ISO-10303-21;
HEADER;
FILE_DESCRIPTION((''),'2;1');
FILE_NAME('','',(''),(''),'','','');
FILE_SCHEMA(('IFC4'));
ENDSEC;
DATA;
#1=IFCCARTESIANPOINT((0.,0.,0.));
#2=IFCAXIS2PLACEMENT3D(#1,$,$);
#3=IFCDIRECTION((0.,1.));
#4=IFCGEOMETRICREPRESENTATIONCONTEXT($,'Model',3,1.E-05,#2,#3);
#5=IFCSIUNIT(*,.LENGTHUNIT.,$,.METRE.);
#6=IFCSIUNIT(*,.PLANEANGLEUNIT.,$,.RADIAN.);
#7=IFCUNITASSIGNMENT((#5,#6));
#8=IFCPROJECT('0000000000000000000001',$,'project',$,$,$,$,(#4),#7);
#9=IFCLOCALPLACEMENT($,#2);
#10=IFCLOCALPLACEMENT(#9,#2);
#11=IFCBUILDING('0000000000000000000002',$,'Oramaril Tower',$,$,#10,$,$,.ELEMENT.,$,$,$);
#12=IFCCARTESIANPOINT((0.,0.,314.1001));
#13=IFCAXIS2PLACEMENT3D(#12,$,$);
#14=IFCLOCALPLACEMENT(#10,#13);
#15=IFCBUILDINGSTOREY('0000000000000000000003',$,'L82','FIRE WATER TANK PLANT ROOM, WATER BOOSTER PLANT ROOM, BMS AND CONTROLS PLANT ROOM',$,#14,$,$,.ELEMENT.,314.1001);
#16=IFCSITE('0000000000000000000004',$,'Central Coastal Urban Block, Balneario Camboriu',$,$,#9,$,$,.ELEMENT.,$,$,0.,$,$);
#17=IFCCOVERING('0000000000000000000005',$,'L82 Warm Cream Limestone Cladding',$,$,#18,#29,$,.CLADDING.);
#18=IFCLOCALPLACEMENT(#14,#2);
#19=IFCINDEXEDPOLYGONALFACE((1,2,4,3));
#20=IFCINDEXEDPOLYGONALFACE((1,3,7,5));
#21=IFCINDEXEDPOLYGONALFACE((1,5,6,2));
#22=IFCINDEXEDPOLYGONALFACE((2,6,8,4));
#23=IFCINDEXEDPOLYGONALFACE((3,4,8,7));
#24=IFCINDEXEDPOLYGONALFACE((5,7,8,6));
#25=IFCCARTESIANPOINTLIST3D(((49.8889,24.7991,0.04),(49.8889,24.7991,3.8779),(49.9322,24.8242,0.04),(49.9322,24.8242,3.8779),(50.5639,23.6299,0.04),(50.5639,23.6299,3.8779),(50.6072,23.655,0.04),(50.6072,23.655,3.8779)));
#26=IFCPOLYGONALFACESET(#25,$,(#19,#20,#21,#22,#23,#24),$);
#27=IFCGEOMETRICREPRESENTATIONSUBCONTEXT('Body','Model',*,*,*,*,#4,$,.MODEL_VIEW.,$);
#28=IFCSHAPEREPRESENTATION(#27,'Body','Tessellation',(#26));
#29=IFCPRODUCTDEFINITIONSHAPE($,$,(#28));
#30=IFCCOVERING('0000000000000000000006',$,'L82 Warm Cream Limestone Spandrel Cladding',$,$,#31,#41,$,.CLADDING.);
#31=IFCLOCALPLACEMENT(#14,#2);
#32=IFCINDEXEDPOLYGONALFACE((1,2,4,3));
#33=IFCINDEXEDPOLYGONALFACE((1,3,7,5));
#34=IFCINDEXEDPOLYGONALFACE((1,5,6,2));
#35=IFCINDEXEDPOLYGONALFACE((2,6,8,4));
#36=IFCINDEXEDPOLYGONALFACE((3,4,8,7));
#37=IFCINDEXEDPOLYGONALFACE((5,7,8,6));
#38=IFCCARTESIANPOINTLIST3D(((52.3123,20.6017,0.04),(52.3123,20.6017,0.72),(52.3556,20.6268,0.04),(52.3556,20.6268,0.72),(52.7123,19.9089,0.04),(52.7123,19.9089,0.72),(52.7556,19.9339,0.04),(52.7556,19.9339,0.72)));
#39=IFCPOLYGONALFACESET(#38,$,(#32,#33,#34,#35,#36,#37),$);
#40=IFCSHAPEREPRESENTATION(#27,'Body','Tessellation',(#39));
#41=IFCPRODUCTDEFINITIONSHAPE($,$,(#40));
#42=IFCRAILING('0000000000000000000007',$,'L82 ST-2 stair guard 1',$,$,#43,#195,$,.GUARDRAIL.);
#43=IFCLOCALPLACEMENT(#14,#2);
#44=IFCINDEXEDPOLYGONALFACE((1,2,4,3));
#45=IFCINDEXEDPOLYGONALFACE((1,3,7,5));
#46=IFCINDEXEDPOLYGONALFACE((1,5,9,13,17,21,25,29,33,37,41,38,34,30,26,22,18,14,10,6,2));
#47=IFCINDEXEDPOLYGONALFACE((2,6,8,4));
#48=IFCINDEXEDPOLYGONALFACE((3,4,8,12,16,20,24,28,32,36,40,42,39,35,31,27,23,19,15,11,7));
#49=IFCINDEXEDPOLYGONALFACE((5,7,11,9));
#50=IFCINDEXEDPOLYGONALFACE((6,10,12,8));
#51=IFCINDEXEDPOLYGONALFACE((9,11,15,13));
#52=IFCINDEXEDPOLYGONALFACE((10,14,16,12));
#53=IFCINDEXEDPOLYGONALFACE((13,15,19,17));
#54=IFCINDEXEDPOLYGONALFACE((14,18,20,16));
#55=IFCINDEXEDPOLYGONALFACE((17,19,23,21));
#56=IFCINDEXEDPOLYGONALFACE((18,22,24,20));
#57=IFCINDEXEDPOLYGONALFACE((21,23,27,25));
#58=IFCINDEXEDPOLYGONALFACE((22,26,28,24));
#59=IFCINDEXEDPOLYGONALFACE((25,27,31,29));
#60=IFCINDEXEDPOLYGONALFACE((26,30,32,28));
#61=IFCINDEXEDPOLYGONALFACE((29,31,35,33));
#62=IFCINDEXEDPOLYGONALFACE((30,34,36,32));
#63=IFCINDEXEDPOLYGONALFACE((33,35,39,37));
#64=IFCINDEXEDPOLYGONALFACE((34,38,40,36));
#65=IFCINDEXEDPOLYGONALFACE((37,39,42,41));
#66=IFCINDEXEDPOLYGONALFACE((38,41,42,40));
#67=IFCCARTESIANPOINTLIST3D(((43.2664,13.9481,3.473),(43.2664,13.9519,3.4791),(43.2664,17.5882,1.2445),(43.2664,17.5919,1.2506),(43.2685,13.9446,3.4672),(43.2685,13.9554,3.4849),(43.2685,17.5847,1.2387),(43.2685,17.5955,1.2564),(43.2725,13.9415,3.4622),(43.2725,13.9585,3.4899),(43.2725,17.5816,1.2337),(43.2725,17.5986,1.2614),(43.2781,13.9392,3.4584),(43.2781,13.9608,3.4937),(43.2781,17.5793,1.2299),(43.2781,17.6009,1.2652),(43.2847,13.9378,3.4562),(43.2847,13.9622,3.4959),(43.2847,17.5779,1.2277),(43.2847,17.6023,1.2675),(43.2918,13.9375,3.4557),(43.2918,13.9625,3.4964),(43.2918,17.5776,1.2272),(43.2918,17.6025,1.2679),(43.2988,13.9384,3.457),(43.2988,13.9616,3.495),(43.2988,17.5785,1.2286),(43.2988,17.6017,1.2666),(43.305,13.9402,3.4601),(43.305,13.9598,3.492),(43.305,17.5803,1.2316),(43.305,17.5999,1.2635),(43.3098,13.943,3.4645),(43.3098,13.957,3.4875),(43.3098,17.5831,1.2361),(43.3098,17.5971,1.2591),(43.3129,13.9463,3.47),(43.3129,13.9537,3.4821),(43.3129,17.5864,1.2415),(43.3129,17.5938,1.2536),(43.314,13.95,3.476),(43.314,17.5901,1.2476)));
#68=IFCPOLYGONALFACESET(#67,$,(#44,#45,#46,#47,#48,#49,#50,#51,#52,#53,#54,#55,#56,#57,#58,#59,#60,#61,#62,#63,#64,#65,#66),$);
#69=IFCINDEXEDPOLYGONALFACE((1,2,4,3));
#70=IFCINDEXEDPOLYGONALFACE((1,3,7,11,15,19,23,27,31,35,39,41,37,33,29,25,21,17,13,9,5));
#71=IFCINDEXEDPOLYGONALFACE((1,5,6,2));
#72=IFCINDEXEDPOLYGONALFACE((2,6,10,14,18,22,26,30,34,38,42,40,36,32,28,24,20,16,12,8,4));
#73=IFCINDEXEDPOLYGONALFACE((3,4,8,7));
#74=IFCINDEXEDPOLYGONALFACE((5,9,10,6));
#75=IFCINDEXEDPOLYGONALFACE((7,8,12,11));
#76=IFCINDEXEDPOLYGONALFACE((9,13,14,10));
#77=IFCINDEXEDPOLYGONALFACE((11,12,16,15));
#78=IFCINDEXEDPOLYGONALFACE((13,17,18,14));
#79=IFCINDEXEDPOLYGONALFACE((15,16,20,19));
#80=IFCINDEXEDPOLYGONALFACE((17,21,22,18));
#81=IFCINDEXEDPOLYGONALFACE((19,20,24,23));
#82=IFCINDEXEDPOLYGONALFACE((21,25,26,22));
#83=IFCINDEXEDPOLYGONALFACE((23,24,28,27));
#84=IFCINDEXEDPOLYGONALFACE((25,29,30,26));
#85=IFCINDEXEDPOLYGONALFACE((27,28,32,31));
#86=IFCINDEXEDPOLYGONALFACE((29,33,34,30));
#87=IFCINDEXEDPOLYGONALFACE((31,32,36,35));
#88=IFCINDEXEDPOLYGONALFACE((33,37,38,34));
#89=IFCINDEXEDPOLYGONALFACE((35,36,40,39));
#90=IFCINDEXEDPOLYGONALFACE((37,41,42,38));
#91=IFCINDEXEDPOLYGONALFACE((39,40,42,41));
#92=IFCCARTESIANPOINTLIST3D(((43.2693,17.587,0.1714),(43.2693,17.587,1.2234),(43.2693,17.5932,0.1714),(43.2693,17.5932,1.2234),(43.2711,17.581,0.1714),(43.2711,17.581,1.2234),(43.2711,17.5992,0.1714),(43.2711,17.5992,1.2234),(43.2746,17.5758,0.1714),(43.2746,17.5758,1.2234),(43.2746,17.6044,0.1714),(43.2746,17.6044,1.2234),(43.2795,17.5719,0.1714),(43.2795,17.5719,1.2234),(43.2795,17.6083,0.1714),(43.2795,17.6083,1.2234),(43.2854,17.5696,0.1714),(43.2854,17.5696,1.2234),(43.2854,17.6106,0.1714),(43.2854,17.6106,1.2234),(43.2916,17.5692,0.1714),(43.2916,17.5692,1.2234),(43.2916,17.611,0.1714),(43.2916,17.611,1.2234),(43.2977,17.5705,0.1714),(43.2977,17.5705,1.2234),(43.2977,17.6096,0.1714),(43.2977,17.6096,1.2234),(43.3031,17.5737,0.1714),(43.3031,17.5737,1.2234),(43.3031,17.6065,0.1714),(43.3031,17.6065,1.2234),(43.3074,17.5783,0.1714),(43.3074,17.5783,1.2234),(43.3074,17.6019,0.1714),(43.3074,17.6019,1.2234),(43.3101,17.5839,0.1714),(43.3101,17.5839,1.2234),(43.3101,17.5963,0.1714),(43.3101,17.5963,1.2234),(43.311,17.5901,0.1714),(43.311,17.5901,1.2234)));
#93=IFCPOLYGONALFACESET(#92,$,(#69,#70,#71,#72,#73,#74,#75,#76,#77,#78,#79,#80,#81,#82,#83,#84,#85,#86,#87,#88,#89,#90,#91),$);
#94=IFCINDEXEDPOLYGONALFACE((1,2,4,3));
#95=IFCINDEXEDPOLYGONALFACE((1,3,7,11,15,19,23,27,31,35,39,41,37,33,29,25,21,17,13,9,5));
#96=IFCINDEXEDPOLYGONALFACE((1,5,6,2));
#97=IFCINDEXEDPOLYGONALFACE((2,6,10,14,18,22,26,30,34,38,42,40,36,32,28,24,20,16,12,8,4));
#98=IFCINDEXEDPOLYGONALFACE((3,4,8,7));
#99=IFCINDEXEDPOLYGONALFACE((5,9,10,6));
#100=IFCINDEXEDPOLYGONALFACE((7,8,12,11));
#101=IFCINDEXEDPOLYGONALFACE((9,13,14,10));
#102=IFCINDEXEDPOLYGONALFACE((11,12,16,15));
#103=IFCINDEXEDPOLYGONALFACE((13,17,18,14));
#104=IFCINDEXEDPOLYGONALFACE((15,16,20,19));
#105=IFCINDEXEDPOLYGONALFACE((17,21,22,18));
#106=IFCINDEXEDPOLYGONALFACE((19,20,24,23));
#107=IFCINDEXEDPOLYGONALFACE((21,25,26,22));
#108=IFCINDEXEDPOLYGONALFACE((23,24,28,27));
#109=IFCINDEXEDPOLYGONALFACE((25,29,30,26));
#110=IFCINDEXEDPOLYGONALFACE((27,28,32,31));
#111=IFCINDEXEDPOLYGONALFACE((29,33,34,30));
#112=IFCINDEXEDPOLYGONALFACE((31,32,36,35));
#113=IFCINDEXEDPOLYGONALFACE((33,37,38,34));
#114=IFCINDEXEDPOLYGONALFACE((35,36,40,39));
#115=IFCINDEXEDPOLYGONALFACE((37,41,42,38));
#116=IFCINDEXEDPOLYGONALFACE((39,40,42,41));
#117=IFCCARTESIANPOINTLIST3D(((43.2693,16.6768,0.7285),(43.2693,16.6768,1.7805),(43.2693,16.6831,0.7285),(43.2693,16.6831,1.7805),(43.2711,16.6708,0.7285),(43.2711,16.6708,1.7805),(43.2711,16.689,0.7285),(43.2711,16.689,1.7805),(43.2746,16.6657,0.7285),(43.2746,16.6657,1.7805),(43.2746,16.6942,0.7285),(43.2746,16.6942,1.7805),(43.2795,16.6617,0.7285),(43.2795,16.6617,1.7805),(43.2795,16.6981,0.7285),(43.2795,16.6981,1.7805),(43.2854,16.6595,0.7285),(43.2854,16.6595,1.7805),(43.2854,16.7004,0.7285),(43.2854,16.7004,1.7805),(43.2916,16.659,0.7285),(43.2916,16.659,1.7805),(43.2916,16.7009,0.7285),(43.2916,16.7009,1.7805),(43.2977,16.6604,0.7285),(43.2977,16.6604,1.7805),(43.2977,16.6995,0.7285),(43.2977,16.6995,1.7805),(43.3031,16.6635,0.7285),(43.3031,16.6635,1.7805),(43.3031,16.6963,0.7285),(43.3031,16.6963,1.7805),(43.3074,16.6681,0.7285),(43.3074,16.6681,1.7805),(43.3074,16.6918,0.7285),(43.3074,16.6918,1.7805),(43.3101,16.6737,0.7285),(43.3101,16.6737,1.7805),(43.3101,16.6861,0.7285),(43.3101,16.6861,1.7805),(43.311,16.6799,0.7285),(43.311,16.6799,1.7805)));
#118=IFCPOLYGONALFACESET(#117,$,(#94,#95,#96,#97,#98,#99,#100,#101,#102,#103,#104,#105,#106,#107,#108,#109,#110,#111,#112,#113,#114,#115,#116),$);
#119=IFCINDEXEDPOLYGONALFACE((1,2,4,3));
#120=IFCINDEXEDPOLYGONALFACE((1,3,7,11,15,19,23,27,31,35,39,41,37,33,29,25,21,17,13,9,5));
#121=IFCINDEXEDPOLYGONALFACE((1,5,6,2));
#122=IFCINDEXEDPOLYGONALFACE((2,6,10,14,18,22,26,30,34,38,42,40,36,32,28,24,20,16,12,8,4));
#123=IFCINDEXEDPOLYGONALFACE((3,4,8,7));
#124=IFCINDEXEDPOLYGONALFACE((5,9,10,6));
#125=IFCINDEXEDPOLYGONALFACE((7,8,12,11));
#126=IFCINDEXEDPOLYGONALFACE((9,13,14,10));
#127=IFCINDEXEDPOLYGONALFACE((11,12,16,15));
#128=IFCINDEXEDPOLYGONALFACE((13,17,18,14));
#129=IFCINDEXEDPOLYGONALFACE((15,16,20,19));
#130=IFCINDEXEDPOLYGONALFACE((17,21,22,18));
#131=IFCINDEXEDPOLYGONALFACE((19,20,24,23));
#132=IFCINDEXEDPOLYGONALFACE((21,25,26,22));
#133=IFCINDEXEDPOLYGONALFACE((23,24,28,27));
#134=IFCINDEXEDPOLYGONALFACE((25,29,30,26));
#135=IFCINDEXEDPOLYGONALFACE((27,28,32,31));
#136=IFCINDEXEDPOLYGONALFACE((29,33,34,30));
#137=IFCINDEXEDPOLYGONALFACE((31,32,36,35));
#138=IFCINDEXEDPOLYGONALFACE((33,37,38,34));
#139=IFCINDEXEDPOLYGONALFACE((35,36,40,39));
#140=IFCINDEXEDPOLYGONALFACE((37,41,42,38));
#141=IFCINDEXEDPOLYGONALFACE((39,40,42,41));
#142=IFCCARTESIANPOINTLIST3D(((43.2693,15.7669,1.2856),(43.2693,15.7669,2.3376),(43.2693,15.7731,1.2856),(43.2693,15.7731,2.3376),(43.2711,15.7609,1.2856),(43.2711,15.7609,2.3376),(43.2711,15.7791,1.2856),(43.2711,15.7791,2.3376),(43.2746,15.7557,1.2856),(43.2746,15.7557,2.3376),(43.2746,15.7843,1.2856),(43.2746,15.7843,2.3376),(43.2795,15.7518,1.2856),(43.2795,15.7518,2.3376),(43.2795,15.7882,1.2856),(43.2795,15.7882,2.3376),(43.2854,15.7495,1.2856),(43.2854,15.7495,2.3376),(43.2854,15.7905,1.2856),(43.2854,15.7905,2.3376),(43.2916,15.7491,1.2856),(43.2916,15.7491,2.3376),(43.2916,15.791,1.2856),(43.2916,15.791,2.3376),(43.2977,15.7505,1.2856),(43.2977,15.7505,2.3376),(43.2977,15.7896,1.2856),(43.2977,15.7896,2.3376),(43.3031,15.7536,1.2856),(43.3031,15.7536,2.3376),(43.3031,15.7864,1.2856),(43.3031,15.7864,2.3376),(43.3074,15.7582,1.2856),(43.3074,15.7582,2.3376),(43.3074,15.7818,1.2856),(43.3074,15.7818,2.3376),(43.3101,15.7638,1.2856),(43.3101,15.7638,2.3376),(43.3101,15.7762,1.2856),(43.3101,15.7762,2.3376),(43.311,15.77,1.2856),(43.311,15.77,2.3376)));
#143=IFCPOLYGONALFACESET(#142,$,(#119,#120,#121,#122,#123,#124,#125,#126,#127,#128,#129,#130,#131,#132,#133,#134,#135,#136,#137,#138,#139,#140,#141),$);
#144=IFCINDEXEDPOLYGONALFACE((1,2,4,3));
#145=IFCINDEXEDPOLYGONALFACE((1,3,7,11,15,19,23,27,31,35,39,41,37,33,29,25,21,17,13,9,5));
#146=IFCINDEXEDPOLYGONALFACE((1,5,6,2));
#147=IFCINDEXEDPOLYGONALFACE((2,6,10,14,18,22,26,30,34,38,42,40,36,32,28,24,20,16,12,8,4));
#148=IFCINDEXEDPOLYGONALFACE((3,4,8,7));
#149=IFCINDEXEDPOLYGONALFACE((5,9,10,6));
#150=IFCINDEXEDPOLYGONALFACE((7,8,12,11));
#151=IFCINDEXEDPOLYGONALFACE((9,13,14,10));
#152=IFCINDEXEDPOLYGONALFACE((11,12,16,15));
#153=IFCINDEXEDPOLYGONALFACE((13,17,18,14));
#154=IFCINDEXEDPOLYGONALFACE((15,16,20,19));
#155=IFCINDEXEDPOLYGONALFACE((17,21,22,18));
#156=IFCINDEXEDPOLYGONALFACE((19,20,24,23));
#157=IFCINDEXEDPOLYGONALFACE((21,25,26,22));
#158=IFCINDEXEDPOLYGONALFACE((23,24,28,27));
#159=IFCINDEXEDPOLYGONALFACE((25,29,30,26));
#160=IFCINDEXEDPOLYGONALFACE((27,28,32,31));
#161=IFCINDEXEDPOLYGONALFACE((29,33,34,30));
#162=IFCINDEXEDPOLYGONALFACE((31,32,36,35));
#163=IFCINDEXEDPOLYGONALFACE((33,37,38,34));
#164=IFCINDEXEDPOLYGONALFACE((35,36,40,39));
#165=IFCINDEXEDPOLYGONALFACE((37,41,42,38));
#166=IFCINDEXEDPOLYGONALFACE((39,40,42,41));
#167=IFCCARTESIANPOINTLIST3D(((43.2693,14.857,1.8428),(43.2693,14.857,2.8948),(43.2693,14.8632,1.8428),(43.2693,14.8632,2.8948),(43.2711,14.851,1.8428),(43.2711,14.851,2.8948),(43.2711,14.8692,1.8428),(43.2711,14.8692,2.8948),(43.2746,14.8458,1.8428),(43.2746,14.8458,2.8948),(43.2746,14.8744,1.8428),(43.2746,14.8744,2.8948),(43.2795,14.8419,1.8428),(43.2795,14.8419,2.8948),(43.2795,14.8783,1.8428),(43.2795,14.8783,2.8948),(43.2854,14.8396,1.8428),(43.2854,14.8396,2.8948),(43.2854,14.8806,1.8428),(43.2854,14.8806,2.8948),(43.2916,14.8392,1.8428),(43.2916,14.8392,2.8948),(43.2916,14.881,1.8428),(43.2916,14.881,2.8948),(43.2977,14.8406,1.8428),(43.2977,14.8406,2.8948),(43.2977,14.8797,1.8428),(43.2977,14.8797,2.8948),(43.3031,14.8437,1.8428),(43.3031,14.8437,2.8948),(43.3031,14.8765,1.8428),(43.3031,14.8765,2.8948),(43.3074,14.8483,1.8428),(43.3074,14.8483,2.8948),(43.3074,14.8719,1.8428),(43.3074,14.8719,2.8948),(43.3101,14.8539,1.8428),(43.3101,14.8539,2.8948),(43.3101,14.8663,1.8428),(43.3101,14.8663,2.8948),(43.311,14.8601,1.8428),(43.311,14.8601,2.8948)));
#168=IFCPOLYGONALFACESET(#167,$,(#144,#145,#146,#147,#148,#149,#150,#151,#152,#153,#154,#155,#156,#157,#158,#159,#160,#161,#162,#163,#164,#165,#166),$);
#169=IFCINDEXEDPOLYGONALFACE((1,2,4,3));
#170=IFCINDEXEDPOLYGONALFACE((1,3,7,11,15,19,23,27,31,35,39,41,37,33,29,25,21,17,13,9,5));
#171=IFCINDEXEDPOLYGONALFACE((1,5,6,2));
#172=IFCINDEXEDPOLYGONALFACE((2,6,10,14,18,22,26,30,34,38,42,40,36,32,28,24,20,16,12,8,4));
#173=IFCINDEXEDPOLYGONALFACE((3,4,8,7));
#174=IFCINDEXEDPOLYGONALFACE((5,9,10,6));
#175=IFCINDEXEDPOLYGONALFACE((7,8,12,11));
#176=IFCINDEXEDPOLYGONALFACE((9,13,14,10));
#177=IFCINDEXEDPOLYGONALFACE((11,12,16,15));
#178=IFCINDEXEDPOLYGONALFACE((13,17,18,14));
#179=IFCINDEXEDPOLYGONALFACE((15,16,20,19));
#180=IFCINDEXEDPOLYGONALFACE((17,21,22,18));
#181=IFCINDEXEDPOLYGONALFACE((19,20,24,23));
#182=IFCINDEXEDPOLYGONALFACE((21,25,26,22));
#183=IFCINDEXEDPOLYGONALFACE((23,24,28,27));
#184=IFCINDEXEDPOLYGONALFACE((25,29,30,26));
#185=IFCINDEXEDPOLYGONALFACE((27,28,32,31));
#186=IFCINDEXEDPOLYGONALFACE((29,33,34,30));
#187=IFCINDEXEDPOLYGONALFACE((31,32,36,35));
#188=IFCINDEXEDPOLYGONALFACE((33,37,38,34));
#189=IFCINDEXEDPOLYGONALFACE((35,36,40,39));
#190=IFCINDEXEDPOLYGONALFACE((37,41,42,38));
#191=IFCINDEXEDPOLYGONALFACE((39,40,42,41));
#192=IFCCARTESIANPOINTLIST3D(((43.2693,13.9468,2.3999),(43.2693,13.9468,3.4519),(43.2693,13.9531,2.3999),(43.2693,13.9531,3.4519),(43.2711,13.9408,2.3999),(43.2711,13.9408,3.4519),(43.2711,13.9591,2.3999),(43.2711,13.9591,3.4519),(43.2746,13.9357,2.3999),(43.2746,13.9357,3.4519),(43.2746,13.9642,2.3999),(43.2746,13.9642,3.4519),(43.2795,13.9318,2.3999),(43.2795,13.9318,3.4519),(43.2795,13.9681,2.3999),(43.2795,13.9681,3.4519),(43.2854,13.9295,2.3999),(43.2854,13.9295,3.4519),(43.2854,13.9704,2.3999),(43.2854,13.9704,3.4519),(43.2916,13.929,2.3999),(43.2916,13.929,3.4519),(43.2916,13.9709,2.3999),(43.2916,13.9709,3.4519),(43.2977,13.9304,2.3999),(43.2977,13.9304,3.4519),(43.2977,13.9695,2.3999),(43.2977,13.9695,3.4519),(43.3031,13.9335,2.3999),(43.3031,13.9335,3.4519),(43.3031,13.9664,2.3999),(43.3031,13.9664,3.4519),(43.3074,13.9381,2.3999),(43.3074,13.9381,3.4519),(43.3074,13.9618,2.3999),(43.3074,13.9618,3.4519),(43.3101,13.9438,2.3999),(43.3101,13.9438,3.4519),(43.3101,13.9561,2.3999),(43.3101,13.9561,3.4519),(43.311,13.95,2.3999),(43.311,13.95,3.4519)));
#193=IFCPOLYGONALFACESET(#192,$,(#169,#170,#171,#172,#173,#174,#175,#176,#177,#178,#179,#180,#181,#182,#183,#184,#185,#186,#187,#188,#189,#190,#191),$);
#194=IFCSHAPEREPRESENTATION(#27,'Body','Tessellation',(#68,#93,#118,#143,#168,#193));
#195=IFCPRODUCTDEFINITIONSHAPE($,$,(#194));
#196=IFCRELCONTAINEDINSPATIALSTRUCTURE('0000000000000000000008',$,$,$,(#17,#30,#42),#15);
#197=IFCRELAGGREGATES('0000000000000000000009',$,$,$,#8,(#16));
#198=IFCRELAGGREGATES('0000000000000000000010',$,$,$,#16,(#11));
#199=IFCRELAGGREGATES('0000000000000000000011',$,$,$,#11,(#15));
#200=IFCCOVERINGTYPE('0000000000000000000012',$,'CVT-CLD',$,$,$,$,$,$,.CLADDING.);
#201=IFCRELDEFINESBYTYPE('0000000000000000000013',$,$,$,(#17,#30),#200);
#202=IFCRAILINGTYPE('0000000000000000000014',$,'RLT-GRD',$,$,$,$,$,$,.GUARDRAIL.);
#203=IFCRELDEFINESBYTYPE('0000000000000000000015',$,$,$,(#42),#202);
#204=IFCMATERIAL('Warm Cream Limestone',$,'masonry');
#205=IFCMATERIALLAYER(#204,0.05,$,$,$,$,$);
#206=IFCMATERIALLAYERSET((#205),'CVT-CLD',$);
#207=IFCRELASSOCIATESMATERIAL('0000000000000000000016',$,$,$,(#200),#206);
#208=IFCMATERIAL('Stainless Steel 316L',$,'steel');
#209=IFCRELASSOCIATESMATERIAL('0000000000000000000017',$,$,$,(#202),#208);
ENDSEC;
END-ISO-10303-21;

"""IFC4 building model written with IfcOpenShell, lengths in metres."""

from ifc_helpers import new_model, si_unit, direction, frame, origin, origin_2d, place, context, subcontext, project, spatial, rectangle, circle, extrude, material, layer, layer_set, type_object, element, save


model = new_model("IFC4")

# Units and contexts
model_context = context("Model", 3, precision=1e-05, world=origin(), true_north=direction((0.0, 1.0)))
body_context = subcontext(model_context, "Body", "Model", "MODEL_VIEW")
ifc_project = project(units=[si_unit("LENGTHUNIT", "METRE"), si_unit("PLANEANGLEUNIT", "RADIAN")], contexts=[model_context])

# Site, building, storey
site_placement = place(None, origin())
site = spatial("IfcSite", under=ifc_project, at=site_placement, Name="Central Coastal Urban Block, Balneario Camboriu", CompositionType="ELEMENT", RefElevation=0.0)
building_placement = place(site_placement, origin())
building = spatial("IfcBuilding", under=site, at=building_placement, Name="Oramaril Tower", CompositionType="ELEMENT")
storey_placement = place(building_placement, frame((0.0, 0.0, 314.1001)))
storey = spatial("IfcBuildingStorey", under=building, at=storey_placement, Name="L82", Description="FIRE WATER TANK PLANT ROOM, WATER BOOSTER PLANT ROOM, BMS AND CONTROLS PLANT ROOM", CompositionType="ELEMENT", Elevation=314.1001)

# Coverings
ifc_material_1 = material(Name="Warm Cream Limestone", Category="masonry")
ifc_layer_1 = layer(ifc_material_1, 0.05)
ifc_layer_set_1 = layer_set([ifc_layer_1], Name="CVT-CLD")
covering_type = type_object("IfcCoveringType", Name="CVT-CLD", PredefinedType="CLADDING", material=ifc_layer_set_1)
covering_1_placement = place(storey_placement, frame((50.248, 24.2271, 0.04), z_axis=(0.0, 0.0, 1.0), x_axis=(-0.499998, 0.866026, 0.0)))
element("IfcCovering", 1, at=covering_1_placement, inside=storey, type_object=covering_type, Name="L82 Warm Cream Limestone Cladding", PredefinedType="CLADDING", context=body_context, shape_type="SweptSolid", body=[
    extrude(rectangle(XDim=1.3501, YDim=0.05, at=origin_2d()), origin(), (0.0, 0.0, 1.0), 3.8379),
])
covering_2_placement = place(storey_placement, frame((52.5339, 20.2678, 0.04), z_axis=(0.0, 0.0, 1.0), x_axis=(-0.499998, 0.866026, 0.0)))
element("IfcCovering", 2, at=covering_2_placement, inside=storey, type_object=covering_type, Name="L82 Warm Cream Limestone Spandrel Cladding", PredefinedType="CLADDING", context=body_context, shape_type="SweptSolid", body=[
    extrude(rectangle(XDim=0.8, YDim=0.05, at=origin_2d()), origin(), (0.0, 0.0, 1.0), 0.6799),
])

# Railing
ifc_material_2 = material(Name="Stainless Steel 316L", Category="steel")
railing_type_1 = type_object("IfcRailingType", Name="RLT-GRD", PredefinedType="GUARDRAIL", material=ifc_material_2)
railing_1_placement = place(storey_placement, frame((43.29, 17.5901, 0.1714)))
element("IfcRailing", 3, at=railing_1_placement, inside=storey, type_object=railing_type_1, Name="L82 ST-2 stair guard 1", PredefinedType="GUARDRAIL", context=body_context, shape_type="SweptSolid", body=[
    extrude(circle(Radius=0.0239, at=origin_2d()), frame((0.0, 0.0, 1.0762), z_axis=(0.0, -0.852866, 0.52213), x_axis=(1.0, 0.0, 0.0)), (0.0, 0.0, 1.0), 4.2681),
    extrude(circle(Radius=0.021, at=origin_2d()), origin(), (0.0, 0.0, 1.0), 1.052),
    extrude(circle(Radius=0.021, at=origin_2d()), frame((0.0, -0.9102, 0.5571)), (0.0, 0.0, 1.0), 1.052),
    extrude(circle(Radius=0.021, at=origin_2d()), frame((0.0, -1.8201, 1.1143)), (0.0, 0.0, 1.0), 1.052),
    extrude(circle(Radius=0.021, at=origin_2d()), frame((0.0, -2.73, 1.6714)), (0.0, 0.0, 1.0), 1.052),
    extrude(circle(Radius=0.021, at=origin_2d()), frame((0.0, -3.6401, 2.2285)), (0.0, 0.0, 1.0), 1.052),
])

save(model, "model.ifc")
